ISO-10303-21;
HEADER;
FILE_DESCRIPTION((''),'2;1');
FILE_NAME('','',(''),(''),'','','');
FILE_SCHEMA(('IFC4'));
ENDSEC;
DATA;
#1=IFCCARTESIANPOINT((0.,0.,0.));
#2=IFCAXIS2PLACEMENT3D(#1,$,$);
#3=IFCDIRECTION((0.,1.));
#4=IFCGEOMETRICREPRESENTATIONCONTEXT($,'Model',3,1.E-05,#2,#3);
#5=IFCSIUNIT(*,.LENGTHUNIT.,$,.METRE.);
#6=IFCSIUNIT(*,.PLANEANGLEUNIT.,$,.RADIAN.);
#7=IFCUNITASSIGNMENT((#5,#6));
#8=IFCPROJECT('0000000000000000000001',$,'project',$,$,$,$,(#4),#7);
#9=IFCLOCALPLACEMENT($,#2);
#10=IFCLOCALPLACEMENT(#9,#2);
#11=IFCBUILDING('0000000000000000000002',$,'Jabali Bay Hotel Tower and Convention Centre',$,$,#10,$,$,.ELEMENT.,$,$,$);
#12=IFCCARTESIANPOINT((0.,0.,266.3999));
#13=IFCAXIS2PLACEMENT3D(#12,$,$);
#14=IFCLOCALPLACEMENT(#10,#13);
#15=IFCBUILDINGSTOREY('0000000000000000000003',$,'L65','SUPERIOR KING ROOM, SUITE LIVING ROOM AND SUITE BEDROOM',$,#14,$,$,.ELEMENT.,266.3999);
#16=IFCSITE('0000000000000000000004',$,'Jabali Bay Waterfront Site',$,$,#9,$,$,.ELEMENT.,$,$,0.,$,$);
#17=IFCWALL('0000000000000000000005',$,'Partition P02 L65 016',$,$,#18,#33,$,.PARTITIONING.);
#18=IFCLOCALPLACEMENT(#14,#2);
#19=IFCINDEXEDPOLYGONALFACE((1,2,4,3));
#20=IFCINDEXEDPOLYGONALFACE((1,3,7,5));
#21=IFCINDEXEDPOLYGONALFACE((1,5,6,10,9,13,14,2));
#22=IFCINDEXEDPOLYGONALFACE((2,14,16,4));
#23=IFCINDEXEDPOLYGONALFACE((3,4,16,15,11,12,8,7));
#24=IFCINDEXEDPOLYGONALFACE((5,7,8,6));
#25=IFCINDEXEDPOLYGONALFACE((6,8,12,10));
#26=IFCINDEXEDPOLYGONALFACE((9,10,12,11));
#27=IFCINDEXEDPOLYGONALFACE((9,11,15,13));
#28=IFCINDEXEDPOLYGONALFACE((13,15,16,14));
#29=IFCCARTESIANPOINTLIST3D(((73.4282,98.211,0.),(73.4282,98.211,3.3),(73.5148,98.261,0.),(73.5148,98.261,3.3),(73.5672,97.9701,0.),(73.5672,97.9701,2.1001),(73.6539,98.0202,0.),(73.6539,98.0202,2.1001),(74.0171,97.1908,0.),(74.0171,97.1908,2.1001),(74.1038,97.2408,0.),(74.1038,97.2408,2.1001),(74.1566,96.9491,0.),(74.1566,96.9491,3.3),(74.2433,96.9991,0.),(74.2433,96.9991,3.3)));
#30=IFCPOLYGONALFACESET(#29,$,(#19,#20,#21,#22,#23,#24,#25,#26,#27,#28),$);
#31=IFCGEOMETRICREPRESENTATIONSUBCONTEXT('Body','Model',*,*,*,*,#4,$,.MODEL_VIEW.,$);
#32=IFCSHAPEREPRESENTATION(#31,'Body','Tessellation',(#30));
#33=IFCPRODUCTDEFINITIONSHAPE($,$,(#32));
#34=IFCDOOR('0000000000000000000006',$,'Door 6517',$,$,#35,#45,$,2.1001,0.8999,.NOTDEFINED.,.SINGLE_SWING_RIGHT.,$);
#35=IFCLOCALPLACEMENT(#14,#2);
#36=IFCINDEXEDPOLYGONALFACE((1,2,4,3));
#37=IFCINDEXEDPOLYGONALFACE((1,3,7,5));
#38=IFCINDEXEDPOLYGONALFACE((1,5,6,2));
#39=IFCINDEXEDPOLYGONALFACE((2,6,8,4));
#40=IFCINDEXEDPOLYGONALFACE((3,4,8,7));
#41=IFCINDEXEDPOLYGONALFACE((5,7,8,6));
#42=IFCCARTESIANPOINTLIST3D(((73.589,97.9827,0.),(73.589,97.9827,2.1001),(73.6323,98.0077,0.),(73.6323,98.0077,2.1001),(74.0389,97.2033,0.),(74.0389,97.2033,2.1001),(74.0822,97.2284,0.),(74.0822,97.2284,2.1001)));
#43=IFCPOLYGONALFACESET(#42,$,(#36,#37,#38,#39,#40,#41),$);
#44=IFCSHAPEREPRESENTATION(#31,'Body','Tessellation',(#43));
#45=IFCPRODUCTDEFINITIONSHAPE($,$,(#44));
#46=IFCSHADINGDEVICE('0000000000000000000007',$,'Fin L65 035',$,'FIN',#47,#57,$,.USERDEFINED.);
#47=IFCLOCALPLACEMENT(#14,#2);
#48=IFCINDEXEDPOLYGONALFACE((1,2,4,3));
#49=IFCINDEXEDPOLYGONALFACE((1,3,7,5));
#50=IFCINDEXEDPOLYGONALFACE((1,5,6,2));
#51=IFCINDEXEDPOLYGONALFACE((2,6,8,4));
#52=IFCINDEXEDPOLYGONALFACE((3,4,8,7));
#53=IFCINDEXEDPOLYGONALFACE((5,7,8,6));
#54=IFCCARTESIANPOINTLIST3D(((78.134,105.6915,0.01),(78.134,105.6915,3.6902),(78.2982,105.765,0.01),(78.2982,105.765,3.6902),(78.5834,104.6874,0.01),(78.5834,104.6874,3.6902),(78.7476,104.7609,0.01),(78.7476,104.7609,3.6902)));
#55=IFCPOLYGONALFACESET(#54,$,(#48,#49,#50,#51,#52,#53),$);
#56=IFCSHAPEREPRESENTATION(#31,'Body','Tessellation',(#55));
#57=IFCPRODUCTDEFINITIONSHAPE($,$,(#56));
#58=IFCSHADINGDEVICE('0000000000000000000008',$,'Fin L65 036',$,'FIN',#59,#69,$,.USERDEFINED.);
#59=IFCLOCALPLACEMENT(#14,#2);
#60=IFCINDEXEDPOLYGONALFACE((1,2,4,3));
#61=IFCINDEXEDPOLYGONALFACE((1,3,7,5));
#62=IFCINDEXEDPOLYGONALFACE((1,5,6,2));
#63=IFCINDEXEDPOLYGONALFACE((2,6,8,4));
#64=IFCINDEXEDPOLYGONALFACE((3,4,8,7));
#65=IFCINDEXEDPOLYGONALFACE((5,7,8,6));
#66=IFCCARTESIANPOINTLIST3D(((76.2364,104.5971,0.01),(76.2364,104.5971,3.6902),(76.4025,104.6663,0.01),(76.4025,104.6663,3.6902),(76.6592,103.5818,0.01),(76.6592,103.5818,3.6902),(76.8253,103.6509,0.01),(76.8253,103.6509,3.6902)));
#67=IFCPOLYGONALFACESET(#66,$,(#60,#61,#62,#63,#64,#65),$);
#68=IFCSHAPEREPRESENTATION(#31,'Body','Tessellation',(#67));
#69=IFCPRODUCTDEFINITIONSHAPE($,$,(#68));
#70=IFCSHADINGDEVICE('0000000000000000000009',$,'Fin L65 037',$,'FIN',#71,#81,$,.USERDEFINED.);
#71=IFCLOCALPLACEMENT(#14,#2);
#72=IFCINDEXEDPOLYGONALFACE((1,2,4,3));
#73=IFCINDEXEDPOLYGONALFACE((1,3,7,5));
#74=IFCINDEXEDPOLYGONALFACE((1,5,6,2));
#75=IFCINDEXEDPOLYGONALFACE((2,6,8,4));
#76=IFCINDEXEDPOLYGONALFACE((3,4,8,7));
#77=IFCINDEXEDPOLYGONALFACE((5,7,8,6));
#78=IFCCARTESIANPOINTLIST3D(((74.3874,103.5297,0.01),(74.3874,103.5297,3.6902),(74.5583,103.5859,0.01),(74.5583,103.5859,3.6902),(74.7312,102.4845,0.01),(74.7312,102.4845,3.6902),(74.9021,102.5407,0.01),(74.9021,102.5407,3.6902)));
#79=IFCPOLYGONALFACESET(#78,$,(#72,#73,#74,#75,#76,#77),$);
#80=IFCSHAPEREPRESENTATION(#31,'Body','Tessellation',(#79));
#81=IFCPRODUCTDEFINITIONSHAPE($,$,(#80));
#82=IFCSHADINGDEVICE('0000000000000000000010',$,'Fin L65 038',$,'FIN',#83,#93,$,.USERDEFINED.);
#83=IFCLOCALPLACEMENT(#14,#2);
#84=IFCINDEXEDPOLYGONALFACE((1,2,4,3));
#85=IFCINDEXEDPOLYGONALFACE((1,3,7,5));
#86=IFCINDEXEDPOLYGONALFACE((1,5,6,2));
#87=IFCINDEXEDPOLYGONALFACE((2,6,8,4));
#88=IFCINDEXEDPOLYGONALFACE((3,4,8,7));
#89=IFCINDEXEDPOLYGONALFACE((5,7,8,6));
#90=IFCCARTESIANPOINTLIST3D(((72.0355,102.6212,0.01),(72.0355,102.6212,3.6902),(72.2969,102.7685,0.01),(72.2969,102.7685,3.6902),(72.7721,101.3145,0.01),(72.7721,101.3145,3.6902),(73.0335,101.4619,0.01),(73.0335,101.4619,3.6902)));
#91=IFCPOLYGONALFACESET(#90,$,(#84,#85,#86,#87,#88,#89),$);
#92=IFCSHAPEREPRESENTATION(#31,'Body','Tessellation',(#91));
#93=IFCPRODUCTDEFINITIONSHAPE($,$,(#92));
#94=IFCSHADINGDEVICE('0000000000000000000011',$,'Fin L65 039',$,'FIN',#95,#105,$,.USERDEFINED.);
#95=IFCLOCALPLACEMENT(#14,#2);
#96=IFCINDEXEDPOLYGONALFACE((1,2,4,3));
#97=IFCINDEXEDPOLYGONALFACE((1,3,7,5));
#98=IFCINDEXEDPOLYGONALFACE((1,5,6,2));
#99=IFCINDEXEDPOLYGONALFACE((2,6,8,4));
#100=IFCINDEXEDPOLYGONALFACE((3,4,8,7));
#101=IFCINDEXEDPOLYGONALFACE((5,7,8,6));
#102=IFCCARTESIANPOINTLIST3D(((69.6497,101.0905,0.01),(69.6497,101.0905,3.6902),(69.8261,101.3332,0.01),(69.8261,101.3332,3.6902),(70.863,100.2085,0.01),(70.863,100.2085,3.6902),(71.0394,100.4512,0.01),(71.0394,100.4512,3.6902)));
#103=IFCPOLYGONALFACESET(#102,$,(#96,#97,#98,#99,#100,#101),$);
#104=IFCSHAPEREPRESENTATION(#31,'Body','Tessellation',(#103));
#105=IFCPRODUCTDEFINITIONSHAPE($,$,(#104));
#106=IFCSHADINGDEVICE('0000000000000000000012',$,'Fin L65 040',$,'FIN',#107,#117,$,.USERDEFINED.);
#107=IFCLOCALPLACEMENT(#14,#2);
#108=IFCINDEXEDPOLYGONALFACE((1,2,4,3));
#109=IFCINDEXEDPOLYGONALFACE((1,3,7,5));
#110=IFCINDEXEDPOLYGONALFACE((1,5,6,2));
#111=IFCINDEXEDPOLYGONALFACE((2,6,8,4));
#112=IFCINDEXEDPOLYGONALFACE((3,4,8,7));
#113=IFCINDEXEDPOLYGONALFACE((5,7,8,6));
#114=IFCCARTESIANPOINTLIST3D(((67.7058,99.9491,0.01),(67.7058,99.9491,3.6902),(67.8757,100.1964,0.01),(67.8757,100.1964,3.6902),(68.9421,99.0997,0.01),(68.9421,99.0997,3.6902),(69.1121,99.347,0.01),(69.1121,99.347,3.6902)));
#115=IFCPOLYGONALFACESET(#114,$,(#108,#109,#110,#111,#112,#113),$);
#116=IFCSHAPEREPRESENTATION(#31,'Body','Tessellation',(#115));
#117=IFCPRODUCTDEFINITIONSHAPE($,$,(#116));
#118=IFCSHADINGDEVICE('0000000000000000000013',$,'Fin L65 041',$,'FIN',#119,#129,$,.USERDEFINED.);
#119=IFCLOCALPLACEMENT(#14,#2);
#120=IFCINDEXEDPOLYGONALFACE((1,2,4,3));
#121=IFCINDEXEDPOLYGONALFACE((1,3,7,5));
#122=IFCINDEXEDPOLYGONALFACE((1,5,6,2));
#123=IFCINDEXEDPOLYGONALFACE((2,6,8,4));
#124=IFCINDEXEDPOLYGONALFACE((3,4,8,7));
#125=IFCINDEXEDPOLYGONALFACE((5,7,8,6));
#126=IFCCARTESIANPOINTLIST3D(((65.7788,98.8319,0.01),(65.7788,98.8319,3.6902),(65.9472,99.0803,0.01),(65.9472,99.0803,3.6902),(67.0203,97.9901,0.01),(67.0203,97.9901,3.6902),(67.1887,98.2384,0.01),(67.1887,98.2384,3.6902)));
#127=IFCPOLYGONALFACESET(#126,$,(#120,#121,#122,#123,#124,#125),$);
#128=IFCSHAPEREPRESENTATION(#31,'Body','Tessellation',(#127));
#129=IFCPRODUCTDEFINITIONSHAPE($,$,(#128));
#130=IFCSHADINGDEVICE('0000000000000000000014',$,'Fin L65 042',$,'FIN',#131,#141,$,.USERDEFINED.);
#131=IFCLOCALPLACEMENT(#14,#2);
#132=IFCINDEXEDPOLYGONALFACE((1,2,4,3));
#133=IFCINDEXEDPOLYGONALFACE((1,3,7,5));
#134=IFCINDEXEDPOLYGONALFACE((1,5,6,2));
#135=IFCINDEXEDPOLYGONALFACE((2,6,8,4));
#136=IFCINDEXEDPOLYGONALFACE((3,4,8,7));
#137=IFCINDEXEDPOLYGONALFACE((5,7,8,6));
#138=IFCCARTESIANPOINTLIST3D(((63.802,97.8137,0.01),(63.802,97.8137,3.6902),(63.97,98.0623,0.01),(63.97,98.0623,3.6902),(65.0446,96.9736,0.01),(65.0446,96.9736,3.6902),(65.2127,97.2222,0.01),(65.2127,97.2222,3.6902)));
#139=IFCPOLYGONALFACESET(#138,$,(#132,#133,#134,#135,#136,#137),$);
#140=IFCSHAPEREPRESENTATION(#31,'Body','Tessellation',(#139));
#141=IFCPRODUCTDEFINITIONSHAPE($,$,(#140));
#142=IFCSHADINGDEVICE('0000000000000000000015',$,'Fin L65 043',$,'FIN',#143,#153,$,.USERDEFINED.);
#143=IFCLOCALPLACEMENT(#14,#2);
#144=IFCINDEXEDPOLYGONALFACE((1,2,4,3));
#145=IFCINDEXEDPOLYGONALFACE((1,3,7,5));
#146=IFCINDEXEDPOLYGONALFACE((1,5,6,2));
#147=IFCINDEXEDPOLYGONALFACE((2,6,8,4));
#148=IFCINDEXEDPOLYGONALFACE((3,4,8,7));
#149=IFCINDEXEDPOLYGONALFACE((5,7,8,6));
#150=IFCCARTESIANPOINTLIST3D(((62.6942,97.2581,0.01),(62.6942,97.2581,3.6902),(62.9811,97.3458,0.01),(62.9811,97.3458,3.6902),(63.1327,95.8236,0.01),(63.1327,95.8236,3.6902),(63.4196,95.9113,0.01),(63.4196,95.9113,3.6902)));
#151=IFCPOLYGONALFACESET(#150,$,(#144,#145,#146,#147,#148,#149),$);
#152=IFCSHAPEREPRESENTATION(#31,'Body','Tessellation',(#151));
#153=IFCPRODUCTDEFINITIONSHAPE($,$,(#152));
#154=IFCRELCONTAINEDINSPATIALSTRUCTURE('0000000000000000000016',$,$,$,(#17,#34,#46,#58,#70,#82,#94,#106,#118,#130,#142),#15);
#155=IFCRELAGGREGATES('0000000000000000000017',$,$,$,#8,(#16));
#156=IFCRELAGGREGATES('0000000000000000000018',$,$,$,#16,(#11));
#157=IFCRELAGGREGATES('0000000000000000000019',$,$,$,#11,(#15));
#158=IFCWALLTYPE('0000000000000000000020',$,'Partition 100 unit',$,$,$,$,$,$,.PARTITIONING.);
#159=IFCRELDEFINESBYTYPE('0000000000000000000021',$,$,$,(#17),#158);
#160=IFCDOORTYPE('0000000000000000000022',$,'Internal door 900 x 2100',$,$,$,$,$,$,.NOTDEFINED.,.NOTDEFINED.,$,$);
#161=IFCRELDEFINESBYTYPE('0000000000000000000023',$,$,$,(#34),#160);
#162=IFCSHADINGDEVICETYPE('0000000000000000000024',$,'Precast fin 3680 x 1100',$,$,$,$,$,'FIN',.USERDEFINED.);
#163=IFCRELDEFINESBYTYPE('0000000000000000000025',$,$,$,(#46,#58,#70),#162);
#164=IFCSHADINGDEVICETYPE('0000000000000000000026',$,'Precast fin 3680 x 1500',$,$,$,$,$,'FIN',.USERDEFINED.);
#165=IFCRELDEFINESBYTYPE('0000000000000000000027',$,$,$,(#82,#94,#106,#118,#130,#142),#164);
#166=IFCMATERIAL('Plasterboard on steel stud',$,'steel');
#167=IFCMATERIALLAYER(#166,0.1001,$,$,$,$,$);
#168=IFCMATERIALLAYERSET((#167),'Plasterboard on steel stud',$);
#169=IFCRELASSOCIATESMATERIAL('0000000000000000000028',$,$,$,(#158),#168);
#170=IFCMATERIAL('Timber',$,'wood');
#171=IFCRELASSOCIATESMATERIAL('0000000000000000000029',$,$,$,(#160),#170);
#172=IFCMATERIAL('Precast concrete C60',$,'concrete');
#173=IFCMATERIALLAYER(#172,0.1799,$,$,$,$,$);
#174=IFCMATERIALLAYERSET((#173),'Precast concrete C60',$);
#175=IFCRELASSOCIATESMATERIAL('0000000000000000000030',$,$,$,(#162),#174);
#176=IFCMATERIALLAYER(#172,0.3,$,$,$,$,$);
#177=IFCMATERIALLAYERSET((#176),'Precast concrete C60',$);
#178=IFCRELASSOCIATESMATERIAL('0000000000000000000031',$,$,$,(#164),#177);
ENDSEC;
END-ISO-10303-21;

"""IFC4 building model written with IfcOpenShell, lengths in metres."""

from ifc_helpers import new_model, si_unit, direction, frame, frame_2d, origin, place, context, subcontext, project, spatial, rectangle, extrude, material, layer, layer_set, type_object, element, fill, save


model = new_model("IFC4")

# Units and contexts
model_context = context("Model", 3, precision=1e-05, world=origin(), true_north=direction((0.0, 1.0)))
body_context = subcontext(model_context, "Body", "Model", "MODEL_VIEW")
ifc_project = project(units=[si_unit("LENGTHUNIT", "METRE"), si_unit("PLANEANGLEUNIT", "RADIAN")], contexts=[model_context])

# Site, building, storey
site_placement = place(None, origin())
site = spatial("IfcSite", under=ifc_project, at=site_placement, Name="Jabali Bay Waterfront Site", CompositionType="ELEMENT", RefElevation=0.0)
building_placement = place(site_placement, origin())
building = spatial("IfcBuilding", under=site, at=building_placement, Name="Jabali Bay Hotel Tower and Convention Centre", CompositionType="ELEMENT")
storey_placement = place(building_placement, frame((0.0, 0.0, 266.3999)))
storey = spatial("IfcBuildingStorey", under=building, at=storey_placement, Name="L65", Description="SUPERIOR KING ROOM, SUITE LIVING ROOM AND SUITE BEDROOM", CompositionType="ELEMENT", Elevation=266.3999)

# Wall, opening, door
ifc_material_1 = material(Name="Plasterboard on steel stud", Category="steel")
ifc_layer_1 = layer(ifc_material_1, 0.1001)
ifc_layer_set_1 = layer_set([ifc_layer_1], Name="Plasterboard on steel stud")
wall_type_1 = type_object("IfcWallType", Name="Partition 100 unit", PredefinedType="PARTITIONING", material=ifc_layer_set_1)
ifc_material_2 = material(Name="Timber", Category="wood")
door_type_1 = type_object("IfcDoorType", Name="Internal door 900 x 2100", OperationType="NOTDEFINED", PredefinedType="NOTDEFINED", material=ifc_material_2)
wall_1_placement = place(storey_placement, frame((74.2, 96.9741, 0.0), z_axis=(0.0, 0.0, 1.0), x_axis=(-0.499959, 0.866049, 0.0)))
wall_1 = element("IfcWall", 1, at=wall_1_placement, inside=storey, type_object=wall_type_1, Name="Partition P02 L65 016", PredefinedType="PARTITIONING", context=body_context, shape_type="SweptSolid", body=[
    extrude(rectangle(XDim=1.457, YDim=0.1001, at=frame_2d((0.7285, 0.0))), origin(), (0.0, 0.0, 1.0), 3.3),
])
opening_1_placement = place(wall_1_placement, frame((0.2791, 0.0, 0.0)))
opening_1 = element("IfcOpeningElement", 2, at=opening_1_placement, cuts=wall_1, PredefinedType="OPENING", context=body_context, shape_type="SweptSolid", body=[
    extrude(rectangle(XDim=0.8999, YDim=2.1001, at=frame_2d((0.45, 1.05))), frame((0.0, 0.0605, 0.0), z_axis=(0.0, -1.0, 0.0), x_axis=(1.0, 0.0, 0.0)), (0.0, 0.0, 1.0), 0.1211),
])
door_1_placement = place(opening_1_placement, origin())
door_1 = element("IfcDoor", 3, at=door_1_placement, inside=storey, type_object=door_type_1, Name="Door 6517", OperationType="SINGLE_SWING_RIGHT", OverallHeight=2.1001, OverallWidth=0.8999, PredefinedType="NOTDEFINED", context=body_context, shape_type="SweptSolid", body=[
    extrude(rectangle(XDim=0.8999, YDim=2.1001, at=frame_2d((0.45, 1.05))), frame((0.0, 0.0249, 0.0), z_axis=(0.0, -1.0, 0.0), x_axis=(1.0, 0.0, 0.0)), (0.0, 0.0, 1.0), 0.05),
])
fill(opening_1, door_1)

# Shading devices
ifc_material_3 = material(Name="Precast concrete C60", Category="concrete")
ifc_layer_2 = layer(ifc_material_3, 0.1799)
ifc_layer_set_2 = layer_set([ifc_layer_2], Name="Precast concrete C60")
shading_device_type_1 = type_object("IfcShadingDeviceType", Name="Precast fin 3680 x 1100", ElementType="FIN", PredefinedType="USERDEFINED", material=ifc_layer_set_2)
shading_device_1_placement = place(storey_placement, frame((78.6655, 104.7241, 0.01), z_axis=(0.0, 0.0, 1.0), x_axis=(-0.408546, 0.912738, 0.0)))
element("IfcShadingDevice", 4, at=shading_device_1_placement, inside=storey, type_object=shading_device_type_1, Name="Fin L65 035", ObjectType="FIN", PredefinedType="USERDEFINED", context=body_context, shape_type="SweptSolid", body=[
    extrude(rectangle(XDim=1.1001, YDim=0.1799, at=frame_2d((0.55, 0.0))), origin(), (0.0, 0.0, 1.0), 3.6802),
])
shading_device_2_placement = place(storey_placement, frame((76.7422, 103.6165, 0.01), z_axis=(0.0, 0.0, 1.0), x_axis=(-0.384442, 0.923149, 0.0)))
element("IfcShadingDevice", 5, at=shading_device_2_placement, inside=storey, type_object=shading_device_type_1, Name="Fin L65 036", ObjectType="FIN", PredefinedType="USERDEFINED", context=body_context, shape_type="SweptSolid", body=[
    extrude(rectangle(XDim=1.0999, YDim=0.1799, at=frame_2d((0.5498, 0.0))), origin(), (0.0, 0.0, 1.0), 3.6802),
])
shading_device_3_placement = place(storey_placement, frame((74.8167, 102.5125, 0.01), z_axis=(0.0, 0.0, 1.0), x_axis=(-0.312431, 0.949941, 0.0)))
element("IfcShadingDevice", 6, at=shading_device_3_placement, inside=storey, type_object=shading_device_type_1, Name="Fin L65 037", ObjectType="FIN", PredefinedType="USERDEFINED", context=body_context, shape_type="SweptSolid", body=[
    extrude(rectangle(XDim=1.1003, YDim=0.1799, at=frame_2d((0.5503, 0.0))), origin(), (0.0, 0.0, 1.0), 3.6802),
])
ifc_layer_3 = layer(ifc_material_3, 0.3)
ifc_layer_set_3 = layer_set([ifc_layer_3], Name="Precast concrete C60")
shading_device_type_2 = type_object("IfcShadingDeviceType", Name="Precast fin 3680 x 1500", ElementType="FIN", PredefinedType="USERDEFINED", material=ifc_layer_set_3)
for number, where, z_axis, x_axis, name in (
    (7, (72.9028, 101.3882, 0.01), (0.0, 0.0, 1.0), (-0.491065, 0.871123, 0.0), "Fin L65 038"),
    (8, (70.9512, 100.3298, 0.01), (0.0, 0.0, 1.0), (-0.808856, 0.588007, 0.0), "Fin L65 039"),
    (9, (69.0271, 99.2234, 0.01), (0.0, 0.0, 1.0), (-0.824232, 0.566252, 0.0), "Fin L65 040"),
    (10, (67.1045, 98.1143, 0.01), (0.0, 0.0, 1.0), (-0.827667, 0.561219, 0.0), "Fin L65 041"),
    (11, (65.1287, 97.0979, 0.01), (0.0, 0.0, 1.0), (-0.828452, 0.56006, 0.0), "Fin L65 042"),
    (12, (63.2761, 95.8674, 0.01), (0.0, 0.0, 1.0), (-0.292301, 0.956326, 0.0), "Fin L65 043"),
):
    element("IfcShadingDevice", number, at=place(storey_placement, frame(where, z_axis=z_axis, x_axis=x_axis)), inside=storey, type_object=shading_device_type_2, Name=name, ObjectType="FIN", PredefinedType="USERDEFINED", context=body_context, shape_type="SweptSolid", body=[
        extrude(rectangle(XDim=1.5, YDim=0.3, at=frame_2d((0.75, 0.0))), origin(), (0.0, 0.0, 1.0), 3.6802),
    ])

save(model, "model.ifc")
